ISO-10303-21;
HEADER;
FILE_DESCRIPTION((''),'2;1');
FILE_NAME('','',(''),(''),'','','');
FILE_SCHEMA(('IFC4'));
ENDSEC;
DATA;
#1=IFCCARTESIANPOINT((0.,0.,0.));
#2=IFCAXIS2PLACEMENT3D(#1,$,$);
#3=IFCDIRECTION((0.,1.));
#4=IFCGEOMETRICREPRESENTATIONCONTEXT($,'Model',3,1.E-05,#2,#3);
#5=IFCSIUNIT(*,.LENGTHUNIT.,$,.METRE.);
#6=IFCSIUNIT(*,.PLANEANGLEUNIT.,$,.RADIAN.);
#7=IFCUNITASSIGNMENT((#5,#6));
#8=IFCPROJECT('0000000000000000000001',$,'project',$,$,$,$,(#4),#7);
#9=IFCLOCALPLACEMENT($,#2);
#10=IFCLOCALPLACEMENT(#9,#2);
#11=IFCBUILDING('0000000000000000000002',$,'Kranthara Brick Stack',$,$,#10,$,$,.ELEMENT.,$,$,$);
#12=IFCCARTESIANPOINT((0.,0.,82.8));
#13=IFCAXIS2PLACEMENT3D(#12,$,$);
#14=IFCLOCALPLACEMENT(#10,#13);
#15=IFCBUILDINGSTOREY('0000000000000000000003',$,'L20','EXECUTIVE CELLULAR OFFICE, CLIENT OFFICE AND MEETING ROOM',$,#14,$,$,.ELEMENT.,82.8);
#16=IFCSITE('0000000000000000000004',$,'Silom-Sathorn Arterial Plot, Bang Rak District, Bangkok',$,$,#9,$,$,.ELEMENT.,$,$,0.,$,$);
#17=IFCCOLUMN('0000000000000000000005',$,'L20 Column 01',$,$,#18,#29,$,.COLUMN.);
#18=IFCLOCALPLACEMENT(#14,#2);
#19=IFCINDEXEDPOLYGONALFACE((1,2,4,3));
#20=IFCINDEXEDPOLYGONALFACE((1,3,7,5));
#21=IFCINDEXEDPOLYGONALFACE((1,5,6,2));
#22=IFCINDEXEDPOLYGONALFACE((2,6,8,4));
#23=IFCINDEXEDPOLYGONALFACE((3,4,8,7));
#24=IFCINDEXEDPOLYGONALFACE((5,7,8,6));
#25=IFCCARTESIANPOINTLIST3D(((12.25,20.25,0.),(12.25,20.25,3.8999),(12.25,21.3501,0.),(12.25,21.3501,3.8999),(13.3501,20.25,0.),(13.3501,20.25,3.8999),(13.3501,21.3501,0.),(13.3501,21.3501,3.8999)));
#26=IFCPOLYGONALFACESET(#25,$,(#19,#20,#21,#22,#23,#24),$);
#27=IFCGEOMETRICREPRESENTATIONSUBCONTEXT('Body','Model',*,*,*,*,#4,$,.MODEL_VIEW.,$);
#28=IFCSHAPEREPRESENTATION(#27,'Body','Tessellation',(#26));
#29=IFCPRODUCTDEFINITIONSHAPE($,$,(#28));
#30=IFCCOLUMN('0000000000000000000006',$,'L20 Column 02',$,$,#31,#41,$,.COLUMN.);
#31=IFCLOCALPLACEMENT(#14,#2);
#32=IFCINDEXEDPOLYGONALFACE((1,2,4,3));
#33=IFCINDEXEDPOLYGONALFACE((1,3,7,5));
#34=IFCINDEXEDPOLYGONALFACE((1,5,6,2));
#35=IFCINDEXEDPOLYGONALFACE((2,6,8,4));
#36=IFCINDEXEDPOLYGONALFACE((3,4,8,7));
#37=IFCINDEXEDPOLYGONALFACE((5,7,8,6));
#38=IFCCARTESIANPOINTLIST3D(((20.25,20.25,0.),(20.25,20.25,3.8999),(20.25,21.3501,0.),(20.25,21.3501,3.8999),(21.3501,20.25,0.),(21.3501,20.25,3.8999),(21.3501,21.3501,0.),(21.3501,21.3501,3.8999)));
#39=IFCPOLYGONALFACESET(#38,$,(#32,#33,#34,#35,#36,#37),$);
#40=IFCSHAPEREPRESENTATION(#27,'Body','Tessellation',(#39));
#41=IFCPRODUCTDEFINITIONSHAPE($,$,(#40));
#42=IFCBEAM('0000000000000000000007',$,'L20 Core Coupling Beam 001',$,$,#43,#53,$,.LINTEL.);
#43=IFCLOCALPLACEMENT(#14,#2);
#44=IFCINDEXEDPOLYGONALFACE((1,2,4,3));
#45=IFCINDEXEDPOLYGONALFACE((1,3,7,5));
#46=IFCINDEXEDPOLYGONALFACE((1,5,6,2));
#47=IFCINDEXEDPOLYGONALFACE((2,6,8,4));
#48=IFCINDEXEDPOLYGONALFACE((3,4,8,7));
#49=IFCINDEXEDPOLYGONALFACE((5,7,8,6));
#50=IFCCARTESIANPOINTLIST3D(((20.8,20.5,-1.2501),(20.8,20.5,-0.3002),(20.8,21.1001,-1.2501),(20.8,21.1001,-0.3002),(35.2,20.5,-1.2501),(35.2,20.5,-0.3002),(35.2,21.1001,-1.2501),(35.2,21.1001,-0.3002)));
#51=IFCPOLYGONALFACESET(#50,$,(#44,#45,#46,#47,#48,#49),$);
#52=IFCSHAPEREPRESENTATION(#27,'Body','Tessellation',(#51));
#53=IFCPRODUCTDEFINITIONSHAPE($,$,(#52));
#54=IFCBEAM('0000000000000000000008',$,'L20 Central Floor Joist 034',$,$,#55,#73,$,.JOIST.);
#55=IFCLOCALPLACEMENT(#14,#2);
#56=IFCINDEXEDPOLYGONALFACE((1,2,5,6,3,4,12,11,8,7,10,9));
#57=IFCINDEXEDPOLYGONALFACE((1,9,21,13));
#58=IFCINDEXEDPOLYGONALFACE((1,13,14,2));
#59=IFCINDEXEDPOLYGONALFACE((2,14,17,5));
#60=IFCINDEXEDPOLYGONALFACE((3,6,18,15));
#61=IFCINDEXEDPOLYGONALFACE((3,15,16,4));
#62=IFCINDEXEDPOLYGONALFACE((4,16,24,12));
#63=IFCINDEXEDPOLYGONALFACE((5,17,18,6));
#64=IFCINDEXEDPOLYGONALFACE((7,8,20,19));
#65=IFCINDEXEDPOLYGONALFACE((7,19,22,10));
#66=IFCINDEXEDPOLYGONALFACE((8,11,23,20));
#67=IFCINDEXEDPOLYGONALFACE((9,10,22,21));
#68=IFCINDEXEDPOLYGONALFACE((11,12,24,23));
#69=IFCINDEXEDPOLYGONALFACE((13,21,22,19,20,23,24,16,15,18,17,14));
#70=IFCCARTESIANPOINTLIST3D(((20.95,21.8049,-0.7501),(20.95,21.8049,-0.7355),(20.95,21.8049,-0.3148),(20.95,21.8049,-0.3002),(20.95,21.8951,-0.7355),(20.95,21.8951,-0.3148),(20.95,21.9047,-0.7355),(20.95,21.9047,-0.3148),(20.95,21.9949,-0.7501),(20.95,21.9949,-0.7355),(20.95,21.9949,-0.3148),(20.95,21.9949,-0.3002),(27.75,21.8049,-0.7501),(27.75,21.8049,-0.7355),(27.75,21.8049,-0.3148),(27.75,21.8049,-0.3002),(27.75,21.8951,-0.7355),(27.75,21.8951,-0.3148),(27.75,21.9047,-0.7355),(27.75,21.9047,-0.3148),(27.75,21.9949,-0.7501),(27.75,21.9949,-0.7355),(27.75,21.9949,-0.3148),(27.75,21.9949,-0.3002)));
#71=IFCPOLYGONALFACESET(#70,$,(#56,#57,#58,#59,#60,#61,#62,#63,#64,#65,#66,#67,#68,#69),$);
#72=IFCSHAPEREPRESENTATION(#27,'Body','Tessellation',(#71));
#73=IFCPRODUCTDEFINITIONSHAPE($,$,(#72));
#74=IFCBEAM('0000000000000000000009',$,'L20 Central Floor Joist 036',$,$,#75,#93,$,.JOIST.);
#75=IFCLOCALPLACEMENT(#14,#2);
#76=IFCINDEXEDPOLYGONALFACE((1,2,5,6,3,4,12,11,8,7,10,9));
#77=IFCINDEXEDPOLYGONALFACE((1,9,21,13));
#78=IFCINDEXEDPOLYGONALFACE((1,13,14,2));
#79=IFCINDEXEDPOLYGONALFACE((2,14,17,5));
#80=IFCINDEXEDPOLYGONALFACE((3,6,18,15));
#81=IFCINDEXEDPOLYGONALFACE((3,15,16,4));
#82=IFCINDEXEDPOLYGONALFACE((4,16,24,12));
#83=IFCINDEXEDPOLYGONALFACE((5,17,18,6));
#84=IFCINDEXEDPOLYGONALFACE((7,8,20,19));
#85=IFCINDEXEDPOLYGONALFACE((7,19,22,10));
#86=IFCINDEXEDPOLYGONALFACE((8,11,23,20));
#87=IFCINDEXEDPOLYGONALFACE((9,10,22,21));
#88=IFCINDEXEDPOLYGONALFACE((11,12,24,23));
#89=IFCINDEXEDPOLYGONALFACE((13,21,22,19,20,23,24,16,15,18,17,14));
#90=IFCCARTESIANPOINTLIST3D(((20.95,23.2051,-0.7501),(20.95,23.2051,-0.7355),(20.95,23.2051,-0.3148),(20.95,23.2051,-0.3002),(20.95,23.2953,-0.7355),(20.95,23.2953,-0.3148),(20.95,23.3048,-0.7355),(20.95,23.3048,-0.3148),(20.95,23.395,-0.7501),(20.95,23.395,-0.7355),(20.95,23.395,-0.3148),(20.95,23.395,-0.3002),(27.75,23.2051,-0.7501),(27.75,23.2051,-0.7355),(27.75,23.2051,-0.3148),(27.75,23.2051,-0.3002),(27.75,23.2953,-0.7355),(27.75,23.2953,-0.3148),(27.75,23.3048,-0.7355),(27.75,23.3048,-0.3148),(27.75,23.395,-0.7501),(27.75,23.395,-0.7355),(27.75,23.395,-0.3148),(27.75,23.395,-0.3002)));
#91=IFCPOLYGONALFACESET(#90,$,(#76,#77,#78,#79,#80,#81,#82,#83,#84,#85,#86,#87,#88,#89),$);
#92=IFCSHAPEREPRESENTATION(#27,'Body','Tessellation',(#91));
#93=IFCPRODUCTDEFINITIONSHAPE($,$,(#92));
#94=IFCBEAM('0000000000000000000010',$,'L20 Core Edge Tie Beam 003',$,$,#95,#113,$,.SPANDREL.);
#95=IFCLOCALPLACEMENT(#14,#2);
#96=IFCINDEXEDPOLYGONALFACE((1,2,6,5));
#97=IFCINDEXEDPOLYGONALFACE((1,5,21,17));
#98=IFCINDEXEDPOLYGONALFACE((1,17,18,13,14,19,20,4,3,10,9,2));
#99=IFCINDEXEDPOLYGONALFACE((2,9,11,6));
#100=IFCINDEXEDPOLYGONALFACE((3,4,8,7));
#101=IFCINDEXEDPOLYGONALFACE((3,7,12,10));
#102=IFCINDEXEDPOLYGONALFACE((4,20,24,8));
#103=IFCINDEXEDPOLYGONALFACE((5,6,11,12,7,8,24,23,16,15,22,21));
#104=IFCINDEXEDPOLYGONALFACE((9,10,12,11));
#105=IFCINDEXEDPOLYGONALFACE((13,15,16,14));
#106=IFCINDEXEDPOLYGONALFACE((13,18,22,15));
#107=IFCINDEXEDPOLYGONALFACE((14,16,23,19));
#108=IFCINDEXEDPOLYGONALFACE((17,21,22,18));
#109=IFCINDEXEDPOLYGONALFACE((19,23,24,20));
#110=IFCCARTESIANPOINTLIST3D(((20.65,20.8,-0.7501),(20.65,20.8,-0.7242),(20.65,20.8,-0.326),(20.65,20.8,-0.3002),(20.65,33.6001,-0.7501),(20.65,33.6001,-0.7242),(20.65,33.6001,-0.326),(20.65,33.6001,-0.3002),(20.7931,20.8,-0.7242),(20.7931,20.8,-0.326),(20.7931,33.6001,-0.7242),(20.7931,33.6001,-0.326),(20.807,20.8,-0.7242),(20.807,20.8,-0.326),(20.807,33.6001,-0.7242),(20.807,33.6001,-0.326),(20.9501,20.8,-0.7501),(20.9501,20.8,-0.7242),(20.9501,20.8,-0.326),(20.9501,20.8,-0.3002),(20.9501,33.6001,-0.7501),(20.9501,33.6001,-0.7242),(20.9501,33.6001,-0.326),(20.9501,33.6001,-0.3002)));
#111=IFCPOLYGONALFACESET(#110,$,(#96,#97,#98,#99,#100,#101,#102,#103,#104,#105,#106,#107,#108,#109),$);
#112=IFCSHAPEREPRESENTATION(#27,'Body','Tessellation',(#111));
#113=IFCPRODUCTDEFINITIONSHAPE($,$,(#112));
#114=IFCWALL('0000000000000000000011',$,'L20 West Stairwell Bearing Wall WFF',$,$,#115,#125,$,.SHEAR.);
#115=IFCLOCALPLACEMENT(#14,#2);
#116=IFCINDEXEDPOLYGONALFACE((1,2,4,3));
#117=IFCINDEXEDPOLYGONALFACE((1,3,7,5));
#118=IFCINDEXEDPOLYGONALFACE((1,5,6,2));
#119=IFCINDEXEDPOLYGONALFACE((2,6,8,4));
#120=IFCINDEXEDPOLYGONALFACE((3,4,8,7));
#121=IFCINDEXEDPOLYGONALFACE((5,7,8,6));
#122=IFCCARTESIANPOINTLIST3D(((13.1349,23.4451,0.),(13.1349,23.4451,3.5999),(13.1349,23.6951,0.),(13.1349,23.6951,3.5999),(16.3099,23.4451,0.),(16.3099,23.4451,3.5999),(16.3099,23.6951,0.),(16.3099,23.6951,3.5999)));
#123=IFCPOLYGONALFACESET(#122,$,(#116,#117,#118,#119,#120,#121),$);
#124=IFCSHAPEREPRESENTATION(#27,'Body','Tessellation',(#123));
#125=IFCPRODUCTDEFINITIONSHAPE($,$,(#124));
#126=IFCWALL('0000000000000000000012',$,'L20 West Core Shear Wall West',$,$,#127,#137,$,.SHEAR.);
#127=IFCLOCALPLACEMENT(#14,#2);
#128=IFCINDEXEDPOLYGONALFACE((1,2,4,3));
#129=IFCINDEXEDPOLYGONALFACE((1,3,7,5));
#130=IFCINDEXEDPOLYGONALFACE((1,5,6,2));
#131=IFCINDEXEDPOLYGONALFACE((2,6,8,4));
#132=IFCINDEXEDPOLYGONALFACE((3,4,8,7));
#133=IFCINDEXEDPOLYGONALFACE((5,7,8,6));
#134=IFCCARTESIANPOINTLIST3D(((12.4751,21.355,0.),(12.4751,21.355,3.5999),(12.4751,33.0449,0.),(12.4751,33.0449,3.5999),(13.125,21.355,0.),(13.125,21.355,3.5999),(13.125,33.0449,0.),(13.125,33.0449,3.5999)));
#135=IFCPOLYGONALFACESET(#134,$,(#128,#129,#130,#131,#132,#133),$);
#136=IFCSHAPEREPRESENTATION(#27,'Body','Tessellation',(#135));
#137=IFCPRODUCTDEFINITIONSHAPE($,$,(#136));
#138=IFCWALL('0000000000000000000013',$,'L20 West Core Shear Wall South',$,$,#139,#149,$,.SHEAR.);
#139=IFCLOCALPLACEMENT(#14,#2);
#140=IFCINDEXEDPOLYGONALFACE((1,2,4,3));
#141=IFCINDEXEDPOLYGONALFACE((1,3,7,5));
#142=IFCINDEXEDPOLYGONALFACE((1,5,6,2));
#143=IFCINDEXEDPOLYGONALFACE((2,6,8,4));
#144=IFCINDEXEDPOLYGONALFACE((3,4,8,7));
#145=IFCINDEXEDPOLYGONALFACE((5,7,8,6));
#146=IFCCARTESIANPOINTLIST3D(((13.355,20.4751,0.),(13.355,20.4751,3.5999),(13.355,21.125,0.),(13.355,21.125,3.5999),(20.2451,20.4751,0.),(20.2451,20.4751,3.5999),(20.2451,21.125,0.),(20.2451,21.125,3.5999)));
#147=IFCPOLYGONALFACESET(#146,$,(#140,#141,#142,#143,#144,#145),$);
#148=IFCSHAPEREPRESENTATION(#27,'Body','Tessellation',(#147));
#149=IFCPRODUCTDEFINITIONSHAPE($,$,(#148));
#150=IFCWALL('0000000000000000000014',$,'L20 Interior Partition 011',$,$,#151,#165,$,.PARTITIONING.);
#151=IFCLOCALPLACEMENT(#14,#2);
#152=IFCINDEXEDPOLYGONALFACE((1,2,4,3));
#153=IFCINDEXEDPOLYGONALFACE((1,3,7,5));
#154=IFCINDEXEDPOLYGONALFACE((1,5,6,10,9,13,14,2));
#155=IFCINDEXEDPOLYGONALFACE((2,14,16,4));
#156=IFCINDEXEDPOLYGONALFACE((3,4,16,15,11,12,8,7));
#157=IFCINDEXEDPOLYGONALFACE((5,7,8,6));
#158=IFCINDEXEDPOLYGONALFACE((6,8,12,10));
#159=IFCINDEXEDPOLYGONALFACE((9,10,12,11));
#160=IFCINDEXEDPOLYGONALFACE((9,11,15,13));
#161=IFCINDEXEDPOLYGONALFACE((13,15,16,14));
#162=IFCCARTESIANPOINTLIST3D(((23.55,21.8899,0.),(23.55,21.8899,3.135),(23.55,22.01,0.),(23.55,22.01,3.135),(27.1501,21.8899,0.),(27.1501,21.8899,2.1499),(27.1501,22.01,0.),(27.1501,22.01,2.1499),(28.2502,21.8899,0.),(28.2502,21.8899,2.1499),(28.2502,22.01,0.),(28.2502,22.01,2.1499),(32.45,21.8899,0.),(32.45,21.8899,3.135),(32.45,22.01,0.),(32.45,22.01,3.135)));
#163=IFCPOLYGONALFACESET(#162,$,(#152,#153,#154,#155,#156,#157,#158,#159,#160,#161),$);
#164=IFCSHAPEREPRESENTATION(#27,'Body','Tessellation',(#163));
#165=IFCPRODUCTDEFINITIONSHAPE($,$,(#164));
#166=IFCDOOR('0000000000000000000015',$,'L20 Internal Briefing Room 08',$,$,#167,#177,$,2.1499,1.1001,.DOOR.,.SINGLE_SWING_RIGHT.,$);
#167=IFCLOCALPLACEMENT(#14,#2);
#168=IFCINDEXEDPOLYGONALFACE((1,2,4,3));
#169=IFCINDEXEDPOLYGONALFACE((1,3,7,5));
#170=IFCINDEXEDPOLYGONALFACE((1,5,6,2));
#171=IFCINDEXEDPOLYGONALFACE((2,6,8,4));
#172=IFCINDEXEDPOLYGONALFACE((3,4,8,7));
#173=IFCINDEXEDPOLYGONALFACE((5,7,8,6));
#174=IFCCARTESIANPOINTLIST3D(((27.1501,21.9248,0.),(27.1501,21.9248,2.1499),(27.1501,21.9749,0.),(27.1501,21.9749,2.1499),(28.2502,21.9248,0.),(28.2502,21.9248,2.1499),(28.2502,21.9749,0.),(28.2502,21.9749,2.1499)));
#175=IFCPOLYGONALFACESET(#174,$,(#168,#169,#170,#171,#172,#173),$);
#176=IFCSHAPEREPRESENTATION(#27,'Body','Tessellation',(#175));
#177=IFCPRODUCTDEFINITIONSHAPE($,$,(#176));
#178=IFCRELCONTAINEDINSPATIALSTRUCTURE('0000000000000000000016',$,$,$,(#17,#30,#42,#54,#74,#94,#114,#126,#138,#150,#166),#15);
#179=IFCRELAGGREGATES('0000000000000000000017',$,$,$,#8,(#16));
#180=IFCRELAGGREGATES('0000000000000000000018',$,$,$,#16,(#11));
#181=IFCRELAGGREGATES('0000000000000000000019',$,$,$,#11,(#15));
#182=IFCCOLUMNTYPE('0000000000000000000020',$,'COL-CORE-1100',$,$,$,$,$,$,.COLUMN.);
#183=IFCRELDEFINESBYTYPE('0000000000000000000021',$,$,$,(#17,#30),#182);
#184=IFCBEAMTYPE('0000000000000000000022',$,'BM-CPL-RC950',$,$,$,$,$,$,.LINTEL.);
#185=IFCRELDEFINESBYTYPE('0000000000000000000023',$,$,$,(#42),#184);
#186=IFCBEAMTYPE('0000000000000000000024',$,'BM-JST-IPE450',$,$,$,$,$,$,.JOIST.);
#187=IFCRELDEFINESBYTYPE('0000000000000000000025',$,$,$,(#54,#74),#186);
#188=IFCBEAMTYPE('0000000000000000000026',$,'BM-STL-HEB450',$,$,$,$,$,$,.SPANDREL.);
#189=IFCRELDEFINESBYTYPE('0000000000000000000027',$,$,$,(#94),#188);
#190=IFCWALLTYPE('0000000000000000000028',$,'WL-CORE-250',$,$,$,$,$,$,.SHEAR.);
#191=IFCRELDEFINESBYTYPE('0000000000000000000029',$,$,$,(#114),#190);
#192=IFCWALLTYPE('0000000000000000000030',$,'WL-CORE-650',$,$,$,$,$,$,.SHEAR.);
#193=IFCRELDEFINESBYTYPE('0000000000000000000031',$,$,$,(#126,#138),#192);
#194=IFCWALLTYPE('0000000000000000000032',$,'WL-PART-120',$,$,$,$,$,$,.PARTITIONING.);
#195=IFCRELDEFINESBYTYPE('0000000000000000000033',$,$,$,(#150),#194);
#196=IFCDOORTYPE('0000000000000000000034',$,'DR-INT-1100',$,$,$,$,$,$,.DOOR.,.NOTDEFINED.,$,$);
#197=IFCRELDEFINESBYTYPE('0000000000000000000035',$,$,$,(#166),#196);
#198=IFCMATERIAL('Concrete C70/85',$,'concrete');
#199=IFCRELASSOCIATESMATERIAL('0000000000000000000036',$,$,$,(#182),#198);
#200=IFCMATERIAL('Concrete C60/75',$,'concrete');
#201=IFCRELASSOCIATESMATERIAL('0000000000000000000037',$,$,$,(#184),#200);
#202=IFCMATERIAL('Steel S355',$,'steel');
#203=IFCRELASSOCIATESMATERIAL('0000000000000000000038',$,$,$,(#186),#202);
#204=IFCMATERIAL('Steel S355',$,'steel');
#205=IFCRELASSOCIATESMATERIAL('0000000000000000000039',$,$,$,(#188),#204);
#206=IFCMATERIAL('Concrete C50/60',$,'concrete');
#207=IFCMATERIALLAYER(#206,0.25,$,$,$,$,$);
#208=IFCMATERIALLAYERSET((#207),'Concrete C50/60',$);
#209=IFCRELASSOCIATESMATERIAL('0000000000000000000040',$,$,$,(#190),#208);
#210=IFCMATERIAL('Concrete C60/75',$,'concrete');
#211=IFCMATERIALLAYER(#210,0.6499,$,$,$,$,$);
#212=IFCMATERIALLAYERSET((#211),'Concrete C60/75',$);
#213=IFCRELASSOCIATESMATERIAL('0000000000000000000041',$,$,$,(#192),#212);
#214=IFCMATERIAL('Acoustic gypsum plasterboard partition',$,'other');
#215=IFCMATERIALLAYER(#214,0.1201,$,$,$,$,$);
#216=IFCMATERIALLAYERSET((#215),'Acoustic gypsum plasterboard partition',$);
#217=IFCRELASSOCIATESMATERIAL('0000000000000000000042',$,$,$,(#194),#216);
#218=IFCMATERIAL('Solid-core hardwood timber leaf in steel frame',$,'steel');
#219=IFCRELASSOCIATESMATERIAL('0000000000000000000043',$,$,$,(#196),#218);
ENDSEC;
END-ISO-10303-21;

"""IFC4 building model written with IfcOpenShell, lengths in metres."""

from ifc_helpers import new_model, si_unit, direction, frame, frame_2d, origin, origin_2d, place, context, subcontext, project, spatial, rectangle, i_section, extrude, material, layer, layer_set, material_profile, profile_set, type_object, element, fill, save


model = new_model("IFC4")

# Units and contexts
model_context = context("Model", 3, precision=1e-05, world=origin(), true_north=direction((0.0, 1.0)))
body_context = subcontext(model_context, "Body", "Model", "MODEL_VIEW")
ifc_project = project(units=[si_unit("LENGTHUNIT", "METRE"), si_unit("PLANEANGLEUNIT", "RADIAN")], contexts=[model_context])

# Site, building, storey
site_placement = place(None, origin())
site = spatial("IfcSite", under=ifc_project, at=site_placement, Name="Silom-Sathorn Arterial Plot, Bang Rak District, Bangkok", CompositionType="ELEMENT", RefElevation=0.0)
building_placement = place(site_placement, origin())
building = spatial("IfcBuilding", under=site, at=building_placement, Name="Kranthara Brick Stack", CompositionType="ELEMENT")
storey_placement = place(building_placement, frame((0.0, 0.0, 82.8)))
storey = spatial("IfcBuildingStorey", under=building, at=storey_placement, Name="L20", Description="EXECUTIVE CELLULAR OFFICE, CLIENT OFFICE AND MEETING ROOM", CompositionType="ELEMENT", Elevation=82.8)

# Columns
ifc_material_1 = material(Name="Concrete C70/85", Category="concrete")
ifc_material_profile_1 = material_profile(ifc_material_1, rectangle(XDim=1.1001, YDim=1.1001, at=origin_2d()), Name="RC 1100x1100")
ifc_profile_set_1 = profile_set([ifc_material_profile_1], Name="Concrete C70/85")
column_type = type_object("IfcColumnType", Name="COL-CORE-1100", PredefinedType="COLUMN", material=ifc_profile_set_1)
for number, where, z_axis, x_axis, name in (
    (1, (12.8, 20.8, 0.0), (0.0, 0.0, 1.0), (1.0, 0.0, 0.0), "L20 Column 01"),
    (2, (20.8, 20.8, 0.0), (0.0, 0.0, 1.0), (1.0, 0.0, 0.0), "L20 Column 02"),
):
    element("IfcColumn", number, at=place(storey_placement, frame(where, z_axis=z_axis, x_axis=x_axis)), inside=storey, type_object=column_type, Name=name, PredefinedType="COLUMN", context=body_context, shape_type="SweptSolid", body=[
        extrude(rectangle(XDim=1.1001, YDim=1.1001, at=origin_2d()), origin(), (0.0, 0.0, 1.0), 3.8999),
    ])

# Beams
ifc_material_2 = material(Name="Concrete C60/75", Category="concrete")
ifc_material_profile_2 = material_profile(ifc_material_2, rectangle(XDim=0.6001, YDim=0.95, at=origin_2d()), Name="RC 600x950")
ifc_profile_set_2 = profile_set([ifc_material_profile_2], Name="Concrete C60/75")
beam_type_1 = type_object("IfcBeamType", Name="BM-CPL-RC950", PredefinedType="LINTEL", material=ifc_profile_set_2)
beam_1_placement = place(storey_placement, frame((20.8, 20.8, -0.7751), z_axis=(1.0, 0.0, 0.0), x_axis=(0.0, 1.0, 0.0)))
element("IfcBeam", 3, at=beam_1_placement, inside=storey, type_object=beam_type_1, Name="L20 Core Coupling Beam 001", PredefinedType="LINTEL", context=body_context, shape_type="SweptSolid", body=[
    extrude(rectangle(XDim=0.6001, YDim=0.95, at=origin_2d()), origin(), (0.0, 0.0, 1.0), 14.3999),
])
ifc_material_3 = material(Name="Steel S355", Category="steel")
ifc_material_profile_3 = material_profile(ifc_material_3, i_section(OverallWidth=0.1899, OverallDepth=0.45, WebThickness=0.0095, FlangeThickness=0.0146, at=origin_2d()), Name="IPE 450")
ifc_profile_set_3 = profile_set([ifc_material_profile_3], Name="Steel S355")
beam_type_2 = type_object("IfcBeamType", Name="BM-JST-IPE450", PredefinedType="JOIST", material=ifc_profile_set_3)
for number, where, z_axis, x_axis, name in (
    (4, (20.95, 21.8999, -0.5251), (1.0, 0.0, 0.0), (0.0, 1.0, 0.0), "L20 Central Floor Joist 034"),
    (5, (20.95, 23.3, -0.5251), (1.0, 0.0, 0.0), (0.0, 1.0, 0.0), "L20 Central Floor Joist 036"),
):
    element("IfcBeam", number, at=place(storey_placement, frame(where, z_axis=z_axis, x_axis=x_axis)), inside=storey, type_object=beam_type_2, Name=name, PredefinedType="JOIST", context=body_context, shape_type="SweptSolid", body=[
        extrude(i_section(OverallWidth=0.1899, OverallDepth=0.45, WebThickness=0.0095, FlangeThickness=0.0146, at=origin_2d()), origin(), (0.0, 0.0, 1.0), 6.8),
    ])
ifc_material_4 = material(Name="Steel S355", Category="steel")
ifc_material_profile_4 = material_profile(ifc_material_4, i_section(OverallWidth=0.3, OverallDepth=0.45, WebThickness=0.0139, FlangeThickness=0.0259, at=origin_2d()), Name="HEB 450")
ifc_profile_set_4 = profile_set([ifc_material_profile_4], Name="Steel S355")
beam_type_3 = type_object("IfcBeamType", Name="BM-STL-HEB450", PredefinedType="SPANDREL", material=ifc_profile_set_4)
beam_2_placement = place(storey_placement, frame((20.8, 20.8, -0.5251), z_axis=(0.0, 1.0, 0.0), x_axis=(-1.0, 0.0, 0.0)))
element("IfcBeam", 6, at=beam_2_placement, inside=storey, type_object=beam_type_3, Name="L20 Core Edge Tie Beam 003", PredefinedType="SPANDREL", context=body_context, shape_type="SweptSolid", body=[
    extrude(i_section(OverallWidth=0.3, OverallDepth=0.45, WebThickness=0.0139, FlangeThickness=0.0259, at=origin_2d()), origin(), (0.0, 0.0, 1.0), 12.8),
])

# Shared definitions
ifc_material_5 = material(Name="Concrete C50/60", Category="concrete")
ifc_layer_1 = layer(ifc_material_5, 0.25)
ifc_layer_set_1 = layer_set([ifc_layer_1], Name="Concrete C50/60")
wall_type_1 = type_object("IfcWallType", Name="WL-CORE-250", PredefinedType="SHEAR", material=ifc_layer_set_1)

# Walls
wall_1_placement = place(storey_placement, frame((13.135, 23.5701, 0.0), z_axis=(0.0, 0.0, 1.0), x_axis=(1.0, 0.0, 0.0)))
element("IfcWall", 7, at=wall_1_placement, inside=storey, type_object=wall_type_1, Name="L20 West Stairwell Bearing Wall WFF", PredefinedType="SHEAR", context=body_context, shape_type="SweptSolid", body=[
    extrude(rectangle(XDim=3.175, YDim=0.25, at=frame_2d((1.5874, 0.0))), origin(), (0.0, 0.0, 1.0), 3.5999),
])
ifc_material_6 = material(Name="Concrete C60/75", Category="concrete")
ifc_layer_2 = layer(ifc_material_6, 0.6499)
ifc_layer_set_2 = layer_set([ifc_layer_2], Name="Concrete C60/75")
wall_type_2 = type_object("IfcWallType", Name="WL-CORE-650", PredefinedType="SHEAR", material=ifc_layer_set_2)
wall_2_placement = place(storey_placement, frame((12.8, 21.355, 0.0), z_axis=(0.0, 0.0, 1.0), x_axis=(0.0, 1.0, 0.0)))
element("IfcWall", 8, at=wall_2_placement, inside=storey, type_object=wall_type_2, Name="L20 West Core Shear Wall West", PredefinedType="SHEAR", context=body_context, shape_type="SweptSolid", body=[
    extrude(rectangle(XDim=11.6899, YDim=0.6499, at=frame_2d((5.845, 0.0))), origin(), (0.0, 0.0, 1.0), 3.5999),
])
wall_3_placement = place(storey_placement, frame((13.355, 20.8, 0.0), z_axis=(0.0, 0.0, 1.0), x_axis=(1.0, 0.0, 0.0)))
element("IfcWall", 9, at=wall_3_placement, inside=storey, type_object=wall_type_2, Name="L20 West Core Shear Wall South", PredefinedType="SHEAR", context=body_context, shape_type="SweptSolid", body=[
    extrude(rectangle(XDim=6.8901, YDim=0.6499, at=frame_2d((3.4451, 0.0))), origin(), (0.0, 0.0, 1.0), 3.5999),
])

# Wall, opening, door
ifc_material_7 = material(Name="Acoustic gypsum plasterboard partition", Category="other")
ifc_layer_3 = layer(ifc_material_7, 0.1201)
ifc_layer_set_3 = layer_set([ifc_layer_3], Name="Acoustic gypsum plasterboard partition")
wall_type_3 = type_object("IfcWallType", Name="WL-PART-120", PredefinedType="PARTITIONING", material=ifc_layer_set_3)
wall_4_placement = place(storey_placement, frame((23.55, 21.95, 0.0), z_axis=(0.0, 0.0, 1.0), x_axis=(1.0, 0.0, 0.0)))
wall_4 = element("IfcWall", 10, at=wall_4_placement, inside=storey, type_object=wall_type_3, Name="L20 Interior Partition 011", PredefinedType="PARTITIONING", context=body_context, shape_type="SweptSolid", body=[
    extrude(rectangle(XDim=8.8999, YDim=0.1201, at=frame_2d((4.45, 0.0))), origin(), (0.0, 0.0, 1.0), 3.135),
])
opening_1_placement = place(wall_4_placement, frame((3.6001, 0.0, 0.0)))
opening_1 = element("IfcOpeningElement", 11, at=opening_1_placement, cuts=wall_4, PredefinedType="OPENING", context=body_context, shape_type="SweptSolid", body=[
    extrude(rectangle(XDim=1.1001, YDim=2.1499, at=frame_2d((0.55, 1.075))), frame((0.0, 0.0701, 0.0), z_axis=(0.0, -1.0, 0.0), x_axis=(1.0, 0.0, 0.0)), (0.0, 0.0, 1.0), 0.1401),
])
ifc_material_8 = material(Name="Solid-core hardwood timber leaf in steel frame", Category="steel")
door_type_1 = type_object("IfcDoorType", Name="DR-INT-1100", OperationType="NOTDEFINED", PredefinedType="DOOR", material=ifc_material_8)
door_1_placement = place(opening_1_placement, origin())
door_1 = element("IfcDoor", 12, at=door_1_placement, inside=storey, type_object=door_type_1, Name="L20 Internal Briefing Room 08", OperationType="SINGLE_SWING_RIGHT", OverallHeight=2.1499, OverallWidth=1.1001, PredefinedType="DOOR", context=body_context, shape_type="SweptSolid", body=[
    extrude(rectangle(XDim=1.1001, YDim=2.1499, at=frame_2d((0.55, 1.075))), frame((0.0, 0.0249, 0.0), z_axis=(0.0, -1.0, 0.0), x_axis=(1.0, 0.0, 0.0)), (0.0, 0.0, 1.0), 0.05),
])
fill(opening_1, door_1)

save(model, "model.ifc")
